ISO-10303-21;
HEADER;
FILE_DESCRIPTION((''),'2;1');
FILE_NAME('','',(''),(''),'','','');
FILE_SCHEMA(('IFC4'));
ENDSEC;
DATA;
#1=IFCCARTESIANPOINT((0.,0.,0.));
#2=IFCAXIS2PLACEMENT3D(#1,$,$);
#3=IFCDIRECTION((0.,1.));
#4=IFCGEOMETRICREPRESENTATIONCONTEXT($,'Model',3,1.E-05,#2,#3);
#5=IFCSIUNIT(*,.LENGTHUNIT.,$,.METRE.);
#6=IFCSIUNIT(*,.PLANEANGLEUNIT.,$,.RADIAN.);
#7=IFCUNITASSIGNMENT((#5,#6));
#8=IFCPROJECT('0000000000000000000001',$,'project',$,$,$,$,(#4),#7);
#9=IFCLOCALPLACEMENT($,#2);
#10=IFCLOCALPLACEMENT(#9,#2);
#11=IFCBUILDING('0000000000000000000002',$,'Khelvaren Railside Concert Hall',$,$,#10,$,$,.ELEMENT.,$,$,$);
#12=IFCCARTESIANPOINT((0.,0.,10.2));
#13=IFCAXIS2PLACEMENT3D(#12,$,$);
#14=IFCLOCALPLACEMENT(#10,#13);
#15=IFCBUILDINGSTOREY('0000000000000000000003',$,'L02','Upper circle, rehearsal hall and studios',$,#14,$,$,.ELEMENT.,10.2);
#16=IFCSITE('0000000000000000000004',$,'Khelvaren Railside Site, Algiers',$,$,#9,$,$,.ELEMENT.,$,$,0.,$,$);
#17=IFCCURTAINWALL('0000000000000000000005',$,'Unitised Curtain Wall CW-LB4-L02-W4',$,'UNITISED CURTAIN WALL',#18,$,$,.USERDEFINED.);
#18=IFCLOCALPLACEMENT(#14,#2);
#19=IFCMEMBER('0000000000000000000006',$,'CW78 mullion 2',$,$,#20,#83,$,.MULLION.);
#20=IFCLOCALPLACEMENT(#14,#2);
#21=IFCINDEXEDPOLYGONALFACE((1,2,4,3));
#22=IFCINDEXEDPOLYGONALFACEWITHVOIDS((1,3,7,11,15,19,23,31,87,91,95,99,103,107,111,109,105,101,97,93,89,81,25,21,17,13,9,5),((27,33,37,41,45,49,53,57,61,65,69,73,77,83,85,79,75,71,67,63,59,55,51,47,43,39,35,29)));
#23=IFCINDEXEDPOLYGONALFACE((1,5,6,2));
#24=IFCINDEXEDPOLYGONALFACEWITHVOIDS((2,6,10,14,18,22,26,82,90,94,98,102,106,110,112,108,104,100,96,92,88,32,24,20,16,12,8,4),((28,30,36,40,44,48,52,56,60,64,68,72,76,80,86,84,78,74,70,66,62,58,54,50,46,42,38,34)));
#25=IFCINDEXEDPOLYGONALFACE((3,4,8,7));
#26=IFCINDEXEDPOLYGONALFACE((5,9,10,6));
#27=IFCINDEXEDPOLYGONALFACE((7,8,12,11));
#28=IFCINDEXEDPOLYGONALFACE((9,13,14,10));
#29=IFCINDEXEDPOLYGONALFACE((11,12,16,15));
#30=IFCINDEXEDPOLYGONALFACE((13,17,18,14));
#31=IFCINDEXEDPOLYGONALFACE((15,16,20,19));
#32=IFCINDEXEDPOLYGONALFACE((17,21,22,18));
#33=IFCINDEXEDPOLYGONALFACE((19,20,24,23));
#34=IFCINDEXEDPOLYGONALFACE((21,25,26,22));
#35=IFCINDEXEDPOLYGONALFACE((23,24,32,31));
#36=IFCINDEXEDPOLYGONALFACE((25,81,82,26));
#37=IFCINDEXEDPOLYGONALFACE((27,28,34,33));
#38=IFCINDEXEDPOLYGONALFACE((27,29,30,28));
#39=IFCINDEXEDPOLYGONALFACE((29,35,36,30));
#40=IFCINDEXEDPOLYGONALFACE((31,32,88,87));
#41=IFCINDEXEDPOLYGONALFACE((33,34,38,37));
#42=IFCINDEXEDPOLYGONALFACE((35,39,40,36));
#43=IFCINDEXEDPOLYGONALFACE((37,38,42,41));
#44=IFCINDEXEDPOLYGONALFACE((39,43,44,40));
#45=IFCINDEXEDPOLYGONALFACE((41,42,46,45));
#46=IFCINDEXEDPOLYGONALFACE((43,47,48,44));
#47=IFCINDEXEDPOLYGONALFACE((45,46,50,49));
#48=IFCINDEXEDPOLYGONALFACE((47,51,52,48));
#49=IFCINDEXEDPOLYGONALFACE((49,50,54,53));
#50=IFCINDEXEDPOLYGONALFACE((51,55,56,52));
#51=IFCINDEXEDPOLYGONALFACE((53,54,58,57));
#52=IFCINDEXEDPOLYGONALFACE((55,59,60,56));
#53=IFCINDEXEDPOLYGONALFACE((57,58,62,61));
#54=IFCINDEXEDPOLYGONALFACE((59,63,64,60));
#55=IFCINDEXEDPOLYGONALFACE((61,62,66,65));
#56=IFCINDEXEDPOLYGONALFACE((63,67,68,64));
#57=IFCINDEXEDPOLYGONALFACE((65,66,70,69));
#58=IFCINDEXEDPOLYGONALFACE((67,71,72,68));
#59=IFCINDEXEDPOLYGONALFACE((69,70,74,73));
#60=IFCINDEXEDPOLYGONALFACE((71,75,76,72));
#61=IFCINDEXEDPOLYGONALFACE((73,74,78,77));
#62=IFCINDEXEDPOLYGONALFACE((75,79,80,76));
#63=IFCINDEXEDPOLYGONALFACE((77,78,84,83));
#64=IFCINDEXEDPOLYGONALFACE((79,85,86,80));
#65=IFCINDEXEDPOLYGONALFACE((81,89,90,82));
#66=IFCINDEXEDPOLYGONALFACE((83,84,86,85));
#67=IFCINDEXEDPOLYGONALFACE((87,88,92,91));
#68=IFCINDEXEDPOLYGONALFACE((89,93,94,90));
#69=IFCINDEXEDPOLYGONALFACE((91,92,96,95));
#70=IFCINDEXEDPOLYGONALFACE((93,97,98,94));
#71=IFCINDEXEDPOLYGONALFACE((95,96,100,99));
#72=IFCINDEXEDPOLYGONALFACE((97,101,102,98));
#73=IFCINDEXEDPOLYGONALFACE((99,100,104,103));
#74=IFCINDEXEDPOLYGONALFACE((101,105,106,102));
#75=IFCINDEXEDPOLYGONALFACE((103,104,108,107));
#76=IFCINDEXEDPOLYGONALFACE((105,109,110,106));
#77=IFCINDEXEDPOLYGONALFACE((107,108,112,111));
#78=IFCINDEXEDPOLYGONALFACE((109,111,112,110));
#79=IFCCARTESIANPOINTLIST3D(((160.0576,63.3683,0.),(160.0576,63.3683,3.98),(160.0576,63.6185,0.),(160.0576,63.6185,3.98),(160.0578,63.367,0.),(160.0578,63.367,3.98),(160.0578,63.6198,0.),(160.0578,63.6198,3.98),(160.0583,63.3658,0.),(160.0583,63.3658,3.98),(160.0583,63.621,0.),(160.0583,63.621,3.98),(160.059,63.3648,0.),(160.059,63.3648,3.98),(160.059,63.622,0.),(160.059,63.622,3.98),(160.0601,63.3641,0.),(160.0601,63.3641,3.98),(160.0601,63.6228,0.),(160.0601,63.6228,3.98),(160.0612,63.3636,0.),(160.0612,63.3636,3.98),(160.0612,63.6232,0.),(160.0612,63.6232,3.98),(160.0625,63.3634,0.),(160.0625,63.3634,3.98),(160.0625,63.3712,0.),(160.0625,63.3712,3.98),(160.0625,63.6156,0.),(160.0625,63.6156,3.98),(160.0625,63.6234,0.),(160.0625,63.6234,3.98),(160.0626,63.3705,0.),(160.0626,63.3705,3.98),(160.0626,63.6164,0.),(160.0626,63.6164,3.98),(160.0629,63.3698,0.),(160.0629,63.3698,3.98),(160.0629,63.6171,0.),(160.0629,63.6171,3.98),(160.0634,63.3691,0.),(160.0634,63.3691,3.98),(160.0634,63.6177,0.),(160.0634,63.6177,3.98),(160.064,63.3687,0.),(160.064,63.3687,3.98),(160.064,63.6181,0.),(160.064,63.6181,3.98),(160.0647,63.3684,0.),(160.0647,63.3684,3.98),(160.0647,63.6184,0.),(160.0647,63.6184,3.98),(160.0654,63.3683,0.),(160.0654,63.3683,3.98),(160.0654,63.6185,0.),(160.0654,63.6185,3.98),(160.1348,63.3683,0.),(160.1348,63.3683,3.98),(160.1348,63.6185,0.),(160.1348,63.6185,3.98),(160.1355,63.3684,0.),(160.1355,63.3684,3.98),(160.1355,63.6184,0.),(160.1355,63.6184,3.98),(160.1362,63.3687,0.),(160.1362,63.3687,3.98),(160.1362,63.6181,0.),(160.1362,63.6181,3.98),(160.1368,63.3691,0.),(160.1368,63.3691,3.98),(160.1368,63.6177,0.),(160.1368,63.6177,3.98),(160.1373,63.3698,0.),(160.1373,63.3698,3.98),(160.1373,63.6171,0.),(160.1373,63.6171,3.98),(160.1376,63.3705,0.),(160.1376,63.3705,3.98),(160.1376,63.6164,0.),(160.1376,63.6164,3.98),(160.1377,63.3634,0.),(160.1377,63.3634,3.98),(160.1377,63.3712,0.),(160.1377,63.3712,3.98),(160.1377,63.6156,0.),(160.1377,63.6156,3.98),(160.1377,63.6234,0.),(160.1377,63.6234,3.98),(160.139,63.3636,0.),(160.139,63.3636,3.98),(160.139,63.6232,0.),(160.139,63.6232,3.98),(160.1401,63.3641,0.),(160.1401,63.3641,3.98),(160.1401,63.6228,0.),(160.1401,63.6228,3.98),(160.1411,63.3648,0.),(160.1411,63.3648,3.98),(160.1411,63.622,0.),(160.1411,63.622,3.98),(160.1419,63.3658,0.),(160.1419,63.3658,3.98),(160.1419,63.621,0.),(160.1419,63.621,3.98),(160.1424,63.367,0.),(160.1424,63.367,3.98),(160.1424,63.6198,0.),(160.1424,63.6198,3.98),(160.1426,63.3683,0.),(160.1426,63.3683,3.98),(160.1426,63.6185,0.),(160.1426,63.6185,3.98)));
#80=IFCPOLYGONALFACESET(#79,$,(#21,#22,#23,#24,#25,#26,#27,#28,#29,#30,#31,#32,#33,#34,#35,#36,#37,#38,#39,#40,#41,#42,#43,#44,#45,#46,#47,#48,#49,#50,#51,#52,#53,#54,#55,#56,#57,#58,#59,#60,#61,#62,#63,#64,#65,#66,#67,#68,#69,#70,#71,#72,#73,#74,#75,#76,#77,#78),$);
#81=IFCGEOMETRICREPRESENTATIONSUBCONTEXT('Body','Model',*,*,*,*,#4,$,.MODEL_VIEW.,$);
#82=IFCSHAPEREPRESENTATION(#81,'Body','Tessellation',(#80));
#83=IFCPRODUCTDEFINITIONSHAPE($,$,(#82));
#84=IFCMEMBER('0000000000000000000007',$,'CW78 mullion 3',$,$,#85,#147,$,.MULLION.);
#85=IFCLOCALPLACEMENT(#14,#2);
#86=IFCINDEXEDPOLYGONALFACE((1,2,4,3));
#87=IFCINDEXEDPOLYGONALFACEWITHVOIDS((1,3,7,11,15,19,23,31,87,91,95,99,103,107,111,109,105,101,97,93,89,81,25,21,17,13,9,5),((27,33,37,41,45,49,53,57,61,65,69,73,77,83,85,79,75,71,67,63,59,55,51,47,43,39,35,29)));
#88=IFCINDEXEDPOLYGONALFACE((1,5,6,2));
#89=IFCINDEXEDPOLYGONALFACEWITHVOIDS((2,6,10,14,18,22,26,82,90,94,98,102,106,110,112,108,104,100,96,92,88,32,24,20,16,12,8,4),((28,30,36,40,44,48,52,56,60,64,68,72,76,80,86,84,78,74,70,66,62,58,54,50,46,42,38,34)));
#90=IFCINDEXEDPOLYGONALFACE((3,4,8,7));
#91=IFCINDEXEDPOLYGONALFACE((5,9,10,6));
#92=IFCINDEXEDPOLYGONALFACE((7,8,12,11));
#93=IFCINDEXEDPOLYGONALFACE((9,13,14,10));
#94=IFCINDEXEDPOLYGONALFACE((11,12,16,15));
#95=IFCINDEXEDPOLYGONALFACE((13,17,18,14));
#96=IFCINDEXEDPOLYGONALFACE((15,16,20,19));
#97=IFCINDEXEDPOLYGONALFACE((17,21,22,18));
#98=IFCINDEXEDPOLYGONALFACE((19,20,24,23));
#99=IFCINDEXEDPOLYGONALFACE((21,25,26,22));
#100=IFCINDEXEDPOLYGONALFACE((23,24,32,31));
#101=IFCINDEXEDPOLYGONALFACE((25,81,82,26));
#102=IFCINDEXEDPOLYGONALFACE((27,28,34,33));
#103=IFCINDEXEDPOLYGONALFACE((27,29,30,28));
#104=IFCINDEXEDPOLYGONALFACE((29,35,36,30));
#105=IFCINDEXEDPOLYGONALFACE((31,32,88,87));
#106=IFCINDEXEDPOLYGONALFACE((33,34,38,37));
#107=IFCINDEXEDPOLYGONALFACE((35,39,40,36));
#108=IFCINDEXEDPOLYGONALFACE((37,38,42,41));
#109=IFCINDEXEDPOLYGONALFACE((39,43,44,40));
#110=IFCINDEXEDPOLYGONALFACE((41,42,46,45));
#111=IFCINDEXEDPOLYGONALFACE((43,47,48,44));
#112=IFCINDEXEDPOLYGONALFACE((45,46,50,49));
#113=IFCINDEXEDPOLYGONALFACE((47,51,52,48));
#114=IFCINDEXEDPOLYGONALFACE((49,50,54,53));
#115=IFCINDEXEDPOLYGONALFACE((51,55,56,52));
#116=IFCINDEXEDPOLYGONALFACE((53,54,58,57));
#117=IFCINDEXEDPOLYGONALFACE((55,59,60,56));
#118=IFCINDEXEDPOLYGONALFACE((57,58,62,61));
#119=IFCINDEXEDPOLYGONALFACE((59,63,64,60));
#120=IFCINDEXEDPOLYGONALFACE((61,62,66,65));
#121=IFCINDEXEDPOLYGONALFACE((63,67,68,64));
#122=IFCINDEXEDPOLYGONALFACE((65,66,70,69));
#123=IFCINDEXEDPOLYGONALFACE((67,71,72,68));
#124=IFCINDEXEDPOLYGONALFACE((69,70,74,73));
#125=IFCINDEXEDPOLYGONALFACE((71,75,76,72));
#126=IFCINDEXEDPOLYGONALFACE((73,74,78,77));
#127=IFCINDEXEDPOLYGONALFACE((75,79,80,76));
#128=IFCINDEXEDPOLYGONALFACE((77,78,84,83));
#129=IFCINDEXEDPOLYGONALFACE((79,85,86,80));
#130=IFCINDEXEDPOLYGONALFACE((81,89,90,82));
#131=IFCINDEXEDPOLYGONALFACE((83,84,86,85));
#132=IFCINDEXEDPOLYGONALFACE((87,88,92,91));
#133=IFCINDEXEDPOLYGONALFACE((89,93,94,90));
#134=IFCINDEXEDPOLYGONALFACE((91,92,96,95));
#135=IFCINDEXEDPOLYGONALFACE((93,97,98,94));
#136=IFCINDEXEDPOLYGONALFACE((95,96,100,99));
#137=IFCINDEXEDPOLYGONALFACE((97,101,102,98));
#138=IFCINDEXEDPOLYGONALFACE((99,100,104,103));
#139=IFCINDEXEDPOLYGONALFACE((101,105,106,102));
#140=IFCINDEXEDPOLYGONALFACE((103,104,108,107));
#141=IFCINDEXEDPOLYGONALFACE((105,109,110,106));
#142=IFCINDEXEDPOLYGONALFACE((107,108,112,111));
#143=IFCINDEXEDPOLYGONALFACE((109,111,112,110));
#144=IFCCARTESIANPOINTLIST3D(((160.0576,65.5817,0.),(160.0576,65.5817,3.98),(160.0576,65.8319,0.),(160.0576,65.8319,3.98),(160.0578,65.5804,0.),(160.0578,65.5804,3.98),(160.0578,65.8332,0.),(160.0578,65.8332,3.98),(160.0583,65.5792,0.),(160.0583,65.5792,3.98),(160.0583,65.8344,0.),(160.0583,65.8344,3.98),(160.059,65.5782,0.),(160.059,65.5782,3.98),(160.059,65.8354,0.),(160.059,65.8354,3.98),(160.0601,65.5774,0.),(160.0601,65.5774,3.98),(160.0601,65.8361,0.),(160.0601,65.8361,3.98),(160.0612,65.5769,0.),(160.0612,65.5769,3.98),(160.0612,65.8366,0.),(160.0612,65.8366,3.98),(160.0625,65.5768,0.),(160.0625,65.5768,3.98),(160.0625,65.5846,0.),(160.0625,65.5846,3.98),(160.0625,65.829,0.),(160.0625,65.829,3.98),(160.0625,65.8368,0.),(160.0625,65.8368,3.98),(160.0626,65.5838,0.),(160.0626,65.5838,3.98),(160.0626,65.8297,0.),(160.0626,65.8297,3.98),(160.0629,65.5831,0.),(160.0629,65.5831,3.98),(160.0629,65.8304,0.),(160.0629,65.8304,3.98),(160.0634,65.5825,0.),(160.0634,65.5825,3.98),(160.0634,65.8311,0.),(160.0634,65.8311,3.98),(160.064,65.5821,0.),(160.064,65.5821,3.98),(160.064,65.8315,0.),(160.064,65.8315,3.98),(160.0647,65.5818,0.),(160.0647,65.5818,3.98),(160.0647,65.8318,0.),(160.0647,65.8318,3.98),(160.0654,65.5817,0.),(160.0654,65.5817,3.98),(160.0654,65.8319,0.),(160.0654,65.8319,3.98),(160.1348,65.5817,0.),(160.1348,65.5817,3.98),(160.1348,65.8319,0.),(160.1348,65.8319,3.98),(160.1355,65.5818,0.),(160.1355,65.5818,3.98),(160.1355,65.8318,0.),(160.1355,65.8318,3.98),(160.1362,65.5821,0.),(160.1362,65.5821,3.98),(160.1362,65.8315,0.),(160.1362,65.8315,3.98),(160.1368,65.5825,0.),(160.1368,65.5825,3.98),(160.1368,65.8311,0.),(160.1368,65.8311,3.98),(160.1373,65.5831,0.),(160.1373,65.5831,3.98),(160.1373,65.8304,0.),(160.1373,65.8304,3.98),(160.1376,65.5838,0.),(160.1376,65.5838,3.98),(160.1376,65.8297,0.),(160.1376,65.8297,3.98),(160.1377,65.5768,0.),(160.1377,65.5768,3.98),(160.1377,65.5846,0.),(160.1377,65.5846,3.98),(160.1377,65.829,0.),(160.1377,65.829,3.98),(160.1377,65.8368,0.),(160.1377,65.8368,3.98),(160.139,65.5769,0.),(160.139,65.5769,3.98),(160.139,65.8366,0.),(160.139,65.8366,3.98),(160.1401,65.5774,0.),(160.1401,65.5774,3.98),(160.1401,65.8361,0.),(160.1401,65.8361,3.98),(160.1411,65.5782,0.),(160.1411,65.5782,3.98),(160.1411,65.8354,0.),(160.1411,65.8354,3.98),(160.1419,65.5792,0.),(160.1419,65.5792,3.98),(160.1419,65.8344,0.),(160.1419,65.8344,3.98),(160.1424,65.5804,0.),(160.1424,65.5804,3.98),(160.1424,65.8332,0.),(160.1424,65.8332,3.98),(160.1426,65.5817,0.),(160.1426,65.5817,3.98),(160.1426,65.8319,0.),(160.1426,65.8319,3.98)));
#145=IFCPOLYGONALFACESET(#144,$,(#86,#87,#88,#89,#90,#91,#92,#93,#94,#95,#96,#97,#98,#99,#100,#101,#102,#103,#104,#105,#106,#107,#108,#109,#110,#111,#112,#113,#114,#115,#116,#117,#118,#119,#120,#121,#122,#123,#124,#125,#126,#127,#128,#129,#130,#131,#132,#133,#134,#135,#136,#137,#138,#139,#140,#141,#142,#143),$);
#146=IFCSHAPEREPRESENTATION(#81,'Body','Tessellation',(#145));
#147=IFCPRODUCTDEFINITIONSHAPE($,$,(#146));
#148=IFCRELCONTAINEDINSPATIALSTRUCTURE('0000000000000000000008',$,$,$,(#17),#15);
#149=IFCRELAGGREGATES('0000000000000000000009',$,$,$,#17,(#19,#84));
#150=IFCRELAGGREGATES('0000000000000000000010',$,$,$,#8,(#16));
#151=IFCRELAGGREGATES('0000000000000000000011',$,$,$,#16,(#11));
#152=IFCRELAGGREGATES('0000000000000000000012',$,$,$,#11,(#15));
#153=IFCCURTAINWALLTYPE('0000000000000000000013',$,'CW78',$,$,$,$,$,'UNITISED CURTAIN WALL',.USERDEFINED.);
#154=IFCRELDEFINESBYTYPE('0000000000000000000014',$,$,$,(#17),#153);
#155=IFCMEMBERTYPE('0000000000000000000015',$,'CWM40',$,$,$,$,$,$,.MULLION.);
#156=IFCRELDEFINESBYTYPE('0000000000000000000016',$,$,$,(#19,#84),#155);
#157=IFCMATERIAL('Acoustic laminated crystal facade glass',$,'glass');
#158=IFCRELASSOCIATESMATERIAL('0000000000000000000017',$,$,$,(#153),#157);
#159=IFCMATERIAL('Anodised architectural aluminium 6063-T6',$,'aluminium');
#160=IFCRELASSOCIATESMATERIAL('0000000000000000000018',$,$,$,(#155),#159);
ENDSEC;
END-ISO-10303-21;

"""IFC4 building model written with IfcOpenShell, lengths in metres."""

from ifc_helpers import new_model, si_unit, direction, frame, origin, origin_2d, place, context, subcontext, project, spatial, hollow_rectangle, extrude, material, material_profile, profile_set, type_object, element, aggregate, save


model = new_model("IFC4")

# Units and contexts
model_context = context("Model", 3, precision=1e-05, world=origin(), true_north=direction((0.0, 1.0)))
body_context = subcontext(model_context, "Body", "Model", "MODEL_VIEW")
ifc_project = project(units=[si_unit("LENGTHUNIT", "METRE"), si_unit("PLANEANGLEUNIT", "RADIAN")], contexts=[model_context])

# Site, building, storey
site_placement = place(None, origin())
site = spatial("IfcSite", under=ifc_project, at=site_placement, Name="Khelvaren Railside Site, Algiers", CompositionType="ELEMENT", RefElevation=0.0)
building_placement = place(site_placement, origin())
building = spatial("IfcBuilding", under=site, at=building_placement, Name="Khelvaren Railside Concert Hall", CompositionType="ELEMENT")
storey_placement = place(building_placement, frame((0.0, 0.0, 10.2)))
storey = spatial("IfcBuildingStorey", under=building, at=storey_placement, Name="L02", Description="Upper circle, rehearsal hall and studios", CompositionType="ELEMENT", Elevation=10.2)

# Shared definitions
ifc_material_1 = material(Name="Acoustic laminated crystal facade glass", Category="glass")
curtain_wall_type = type_object("IfcCurtainWallType", Name="CW78", ElementType="UNITISED CURTAIN WALL", PredefinedType="USERDEFINED", material=ifc_material_1)
ifc_material_2 = material(Name="Anodised architectural aluminium 6063-T6", Category="aluminium")
ifc_material_profile_1 = material_profile(ifc_material_2, hollow_rectangle(XDim=0.085, YDim=0.26, WallThickness=0.0049, InnerFilletRadius=0.0029, OuterFilletRadius=0.0049, at=origin_2d()), Name="CWM 85x260x5")
ifc_profile_set_1 = profile_set([ifc_material_profile_1], Name="Anodised architectural aluminium 6063-T6")
member_type_1 = type_object("IfcMemberType", Name="CWM40", PredefinedType="MULLION", material=ifc_profile_set_1)

# Curtain wall, members
curtain_wall_1_placement = place(storey_placement, origin())
curtain_wall_1 = element("IfcCurtainWall", 1, at=curtain_wall_1_placement, inside=storey, type_object=curtain_wall_type, Name="Unitised Curtain Wall CW-LB4-L02-W4", ObjectType="UNITISED CURTAIN WALL", PredefinedType="USERDEFINED")
member_1_placement = place(storey_placement, frame((160.1001, 63.4934, 0.0), z_axis=(0.0, 0.0, 1.0), x_axis=(-1.0, 0.0, 0.0)))
member_1 = element("IfcMember", 2, at=member_1_placement, type_object=member_type_1, Name="CW78 mullion 2", PredefinedType="MULLION", context=body_context, shape_type="SweptSolid", body=[
    extrude(hollow_rectangle(XDim=0.085, YDim=0.26, WallThickness=0.0049, InnerFilletRadius=0.0029, OuterFilletRadius=0.0049, at=origin_2d()), origin(), (0.0, 0.0, 1.0), 3.98),
])
member_2_placement = place(storey_placement, frame((160.1001, 65.7068, 0.0), z_axis=(0.0, 0.0, 1.0), x_axis=(-1.0, 0.0, 0.0)))
member_2 = element("IfcMember", 3, at=member_2_placement, type_object=member_type_1, Name="CW78 mullion 3", PredefinedType="MULLION", context=body_context, shape_type="SweptSolid", body=[
    extrude(hollow_rectangle(XDim=0.085, YDim=0.26, WallThickness=0.0049, InnerFilletRadius=0.0029, OuterFilletRadius=0.0049, at=origin_2d()), origin(), (0.0, 0.0, 1.0), 3.98),
])

aggregate(curtain_wall_1, [member_1, member_2])

save(model, "model.ifc")
